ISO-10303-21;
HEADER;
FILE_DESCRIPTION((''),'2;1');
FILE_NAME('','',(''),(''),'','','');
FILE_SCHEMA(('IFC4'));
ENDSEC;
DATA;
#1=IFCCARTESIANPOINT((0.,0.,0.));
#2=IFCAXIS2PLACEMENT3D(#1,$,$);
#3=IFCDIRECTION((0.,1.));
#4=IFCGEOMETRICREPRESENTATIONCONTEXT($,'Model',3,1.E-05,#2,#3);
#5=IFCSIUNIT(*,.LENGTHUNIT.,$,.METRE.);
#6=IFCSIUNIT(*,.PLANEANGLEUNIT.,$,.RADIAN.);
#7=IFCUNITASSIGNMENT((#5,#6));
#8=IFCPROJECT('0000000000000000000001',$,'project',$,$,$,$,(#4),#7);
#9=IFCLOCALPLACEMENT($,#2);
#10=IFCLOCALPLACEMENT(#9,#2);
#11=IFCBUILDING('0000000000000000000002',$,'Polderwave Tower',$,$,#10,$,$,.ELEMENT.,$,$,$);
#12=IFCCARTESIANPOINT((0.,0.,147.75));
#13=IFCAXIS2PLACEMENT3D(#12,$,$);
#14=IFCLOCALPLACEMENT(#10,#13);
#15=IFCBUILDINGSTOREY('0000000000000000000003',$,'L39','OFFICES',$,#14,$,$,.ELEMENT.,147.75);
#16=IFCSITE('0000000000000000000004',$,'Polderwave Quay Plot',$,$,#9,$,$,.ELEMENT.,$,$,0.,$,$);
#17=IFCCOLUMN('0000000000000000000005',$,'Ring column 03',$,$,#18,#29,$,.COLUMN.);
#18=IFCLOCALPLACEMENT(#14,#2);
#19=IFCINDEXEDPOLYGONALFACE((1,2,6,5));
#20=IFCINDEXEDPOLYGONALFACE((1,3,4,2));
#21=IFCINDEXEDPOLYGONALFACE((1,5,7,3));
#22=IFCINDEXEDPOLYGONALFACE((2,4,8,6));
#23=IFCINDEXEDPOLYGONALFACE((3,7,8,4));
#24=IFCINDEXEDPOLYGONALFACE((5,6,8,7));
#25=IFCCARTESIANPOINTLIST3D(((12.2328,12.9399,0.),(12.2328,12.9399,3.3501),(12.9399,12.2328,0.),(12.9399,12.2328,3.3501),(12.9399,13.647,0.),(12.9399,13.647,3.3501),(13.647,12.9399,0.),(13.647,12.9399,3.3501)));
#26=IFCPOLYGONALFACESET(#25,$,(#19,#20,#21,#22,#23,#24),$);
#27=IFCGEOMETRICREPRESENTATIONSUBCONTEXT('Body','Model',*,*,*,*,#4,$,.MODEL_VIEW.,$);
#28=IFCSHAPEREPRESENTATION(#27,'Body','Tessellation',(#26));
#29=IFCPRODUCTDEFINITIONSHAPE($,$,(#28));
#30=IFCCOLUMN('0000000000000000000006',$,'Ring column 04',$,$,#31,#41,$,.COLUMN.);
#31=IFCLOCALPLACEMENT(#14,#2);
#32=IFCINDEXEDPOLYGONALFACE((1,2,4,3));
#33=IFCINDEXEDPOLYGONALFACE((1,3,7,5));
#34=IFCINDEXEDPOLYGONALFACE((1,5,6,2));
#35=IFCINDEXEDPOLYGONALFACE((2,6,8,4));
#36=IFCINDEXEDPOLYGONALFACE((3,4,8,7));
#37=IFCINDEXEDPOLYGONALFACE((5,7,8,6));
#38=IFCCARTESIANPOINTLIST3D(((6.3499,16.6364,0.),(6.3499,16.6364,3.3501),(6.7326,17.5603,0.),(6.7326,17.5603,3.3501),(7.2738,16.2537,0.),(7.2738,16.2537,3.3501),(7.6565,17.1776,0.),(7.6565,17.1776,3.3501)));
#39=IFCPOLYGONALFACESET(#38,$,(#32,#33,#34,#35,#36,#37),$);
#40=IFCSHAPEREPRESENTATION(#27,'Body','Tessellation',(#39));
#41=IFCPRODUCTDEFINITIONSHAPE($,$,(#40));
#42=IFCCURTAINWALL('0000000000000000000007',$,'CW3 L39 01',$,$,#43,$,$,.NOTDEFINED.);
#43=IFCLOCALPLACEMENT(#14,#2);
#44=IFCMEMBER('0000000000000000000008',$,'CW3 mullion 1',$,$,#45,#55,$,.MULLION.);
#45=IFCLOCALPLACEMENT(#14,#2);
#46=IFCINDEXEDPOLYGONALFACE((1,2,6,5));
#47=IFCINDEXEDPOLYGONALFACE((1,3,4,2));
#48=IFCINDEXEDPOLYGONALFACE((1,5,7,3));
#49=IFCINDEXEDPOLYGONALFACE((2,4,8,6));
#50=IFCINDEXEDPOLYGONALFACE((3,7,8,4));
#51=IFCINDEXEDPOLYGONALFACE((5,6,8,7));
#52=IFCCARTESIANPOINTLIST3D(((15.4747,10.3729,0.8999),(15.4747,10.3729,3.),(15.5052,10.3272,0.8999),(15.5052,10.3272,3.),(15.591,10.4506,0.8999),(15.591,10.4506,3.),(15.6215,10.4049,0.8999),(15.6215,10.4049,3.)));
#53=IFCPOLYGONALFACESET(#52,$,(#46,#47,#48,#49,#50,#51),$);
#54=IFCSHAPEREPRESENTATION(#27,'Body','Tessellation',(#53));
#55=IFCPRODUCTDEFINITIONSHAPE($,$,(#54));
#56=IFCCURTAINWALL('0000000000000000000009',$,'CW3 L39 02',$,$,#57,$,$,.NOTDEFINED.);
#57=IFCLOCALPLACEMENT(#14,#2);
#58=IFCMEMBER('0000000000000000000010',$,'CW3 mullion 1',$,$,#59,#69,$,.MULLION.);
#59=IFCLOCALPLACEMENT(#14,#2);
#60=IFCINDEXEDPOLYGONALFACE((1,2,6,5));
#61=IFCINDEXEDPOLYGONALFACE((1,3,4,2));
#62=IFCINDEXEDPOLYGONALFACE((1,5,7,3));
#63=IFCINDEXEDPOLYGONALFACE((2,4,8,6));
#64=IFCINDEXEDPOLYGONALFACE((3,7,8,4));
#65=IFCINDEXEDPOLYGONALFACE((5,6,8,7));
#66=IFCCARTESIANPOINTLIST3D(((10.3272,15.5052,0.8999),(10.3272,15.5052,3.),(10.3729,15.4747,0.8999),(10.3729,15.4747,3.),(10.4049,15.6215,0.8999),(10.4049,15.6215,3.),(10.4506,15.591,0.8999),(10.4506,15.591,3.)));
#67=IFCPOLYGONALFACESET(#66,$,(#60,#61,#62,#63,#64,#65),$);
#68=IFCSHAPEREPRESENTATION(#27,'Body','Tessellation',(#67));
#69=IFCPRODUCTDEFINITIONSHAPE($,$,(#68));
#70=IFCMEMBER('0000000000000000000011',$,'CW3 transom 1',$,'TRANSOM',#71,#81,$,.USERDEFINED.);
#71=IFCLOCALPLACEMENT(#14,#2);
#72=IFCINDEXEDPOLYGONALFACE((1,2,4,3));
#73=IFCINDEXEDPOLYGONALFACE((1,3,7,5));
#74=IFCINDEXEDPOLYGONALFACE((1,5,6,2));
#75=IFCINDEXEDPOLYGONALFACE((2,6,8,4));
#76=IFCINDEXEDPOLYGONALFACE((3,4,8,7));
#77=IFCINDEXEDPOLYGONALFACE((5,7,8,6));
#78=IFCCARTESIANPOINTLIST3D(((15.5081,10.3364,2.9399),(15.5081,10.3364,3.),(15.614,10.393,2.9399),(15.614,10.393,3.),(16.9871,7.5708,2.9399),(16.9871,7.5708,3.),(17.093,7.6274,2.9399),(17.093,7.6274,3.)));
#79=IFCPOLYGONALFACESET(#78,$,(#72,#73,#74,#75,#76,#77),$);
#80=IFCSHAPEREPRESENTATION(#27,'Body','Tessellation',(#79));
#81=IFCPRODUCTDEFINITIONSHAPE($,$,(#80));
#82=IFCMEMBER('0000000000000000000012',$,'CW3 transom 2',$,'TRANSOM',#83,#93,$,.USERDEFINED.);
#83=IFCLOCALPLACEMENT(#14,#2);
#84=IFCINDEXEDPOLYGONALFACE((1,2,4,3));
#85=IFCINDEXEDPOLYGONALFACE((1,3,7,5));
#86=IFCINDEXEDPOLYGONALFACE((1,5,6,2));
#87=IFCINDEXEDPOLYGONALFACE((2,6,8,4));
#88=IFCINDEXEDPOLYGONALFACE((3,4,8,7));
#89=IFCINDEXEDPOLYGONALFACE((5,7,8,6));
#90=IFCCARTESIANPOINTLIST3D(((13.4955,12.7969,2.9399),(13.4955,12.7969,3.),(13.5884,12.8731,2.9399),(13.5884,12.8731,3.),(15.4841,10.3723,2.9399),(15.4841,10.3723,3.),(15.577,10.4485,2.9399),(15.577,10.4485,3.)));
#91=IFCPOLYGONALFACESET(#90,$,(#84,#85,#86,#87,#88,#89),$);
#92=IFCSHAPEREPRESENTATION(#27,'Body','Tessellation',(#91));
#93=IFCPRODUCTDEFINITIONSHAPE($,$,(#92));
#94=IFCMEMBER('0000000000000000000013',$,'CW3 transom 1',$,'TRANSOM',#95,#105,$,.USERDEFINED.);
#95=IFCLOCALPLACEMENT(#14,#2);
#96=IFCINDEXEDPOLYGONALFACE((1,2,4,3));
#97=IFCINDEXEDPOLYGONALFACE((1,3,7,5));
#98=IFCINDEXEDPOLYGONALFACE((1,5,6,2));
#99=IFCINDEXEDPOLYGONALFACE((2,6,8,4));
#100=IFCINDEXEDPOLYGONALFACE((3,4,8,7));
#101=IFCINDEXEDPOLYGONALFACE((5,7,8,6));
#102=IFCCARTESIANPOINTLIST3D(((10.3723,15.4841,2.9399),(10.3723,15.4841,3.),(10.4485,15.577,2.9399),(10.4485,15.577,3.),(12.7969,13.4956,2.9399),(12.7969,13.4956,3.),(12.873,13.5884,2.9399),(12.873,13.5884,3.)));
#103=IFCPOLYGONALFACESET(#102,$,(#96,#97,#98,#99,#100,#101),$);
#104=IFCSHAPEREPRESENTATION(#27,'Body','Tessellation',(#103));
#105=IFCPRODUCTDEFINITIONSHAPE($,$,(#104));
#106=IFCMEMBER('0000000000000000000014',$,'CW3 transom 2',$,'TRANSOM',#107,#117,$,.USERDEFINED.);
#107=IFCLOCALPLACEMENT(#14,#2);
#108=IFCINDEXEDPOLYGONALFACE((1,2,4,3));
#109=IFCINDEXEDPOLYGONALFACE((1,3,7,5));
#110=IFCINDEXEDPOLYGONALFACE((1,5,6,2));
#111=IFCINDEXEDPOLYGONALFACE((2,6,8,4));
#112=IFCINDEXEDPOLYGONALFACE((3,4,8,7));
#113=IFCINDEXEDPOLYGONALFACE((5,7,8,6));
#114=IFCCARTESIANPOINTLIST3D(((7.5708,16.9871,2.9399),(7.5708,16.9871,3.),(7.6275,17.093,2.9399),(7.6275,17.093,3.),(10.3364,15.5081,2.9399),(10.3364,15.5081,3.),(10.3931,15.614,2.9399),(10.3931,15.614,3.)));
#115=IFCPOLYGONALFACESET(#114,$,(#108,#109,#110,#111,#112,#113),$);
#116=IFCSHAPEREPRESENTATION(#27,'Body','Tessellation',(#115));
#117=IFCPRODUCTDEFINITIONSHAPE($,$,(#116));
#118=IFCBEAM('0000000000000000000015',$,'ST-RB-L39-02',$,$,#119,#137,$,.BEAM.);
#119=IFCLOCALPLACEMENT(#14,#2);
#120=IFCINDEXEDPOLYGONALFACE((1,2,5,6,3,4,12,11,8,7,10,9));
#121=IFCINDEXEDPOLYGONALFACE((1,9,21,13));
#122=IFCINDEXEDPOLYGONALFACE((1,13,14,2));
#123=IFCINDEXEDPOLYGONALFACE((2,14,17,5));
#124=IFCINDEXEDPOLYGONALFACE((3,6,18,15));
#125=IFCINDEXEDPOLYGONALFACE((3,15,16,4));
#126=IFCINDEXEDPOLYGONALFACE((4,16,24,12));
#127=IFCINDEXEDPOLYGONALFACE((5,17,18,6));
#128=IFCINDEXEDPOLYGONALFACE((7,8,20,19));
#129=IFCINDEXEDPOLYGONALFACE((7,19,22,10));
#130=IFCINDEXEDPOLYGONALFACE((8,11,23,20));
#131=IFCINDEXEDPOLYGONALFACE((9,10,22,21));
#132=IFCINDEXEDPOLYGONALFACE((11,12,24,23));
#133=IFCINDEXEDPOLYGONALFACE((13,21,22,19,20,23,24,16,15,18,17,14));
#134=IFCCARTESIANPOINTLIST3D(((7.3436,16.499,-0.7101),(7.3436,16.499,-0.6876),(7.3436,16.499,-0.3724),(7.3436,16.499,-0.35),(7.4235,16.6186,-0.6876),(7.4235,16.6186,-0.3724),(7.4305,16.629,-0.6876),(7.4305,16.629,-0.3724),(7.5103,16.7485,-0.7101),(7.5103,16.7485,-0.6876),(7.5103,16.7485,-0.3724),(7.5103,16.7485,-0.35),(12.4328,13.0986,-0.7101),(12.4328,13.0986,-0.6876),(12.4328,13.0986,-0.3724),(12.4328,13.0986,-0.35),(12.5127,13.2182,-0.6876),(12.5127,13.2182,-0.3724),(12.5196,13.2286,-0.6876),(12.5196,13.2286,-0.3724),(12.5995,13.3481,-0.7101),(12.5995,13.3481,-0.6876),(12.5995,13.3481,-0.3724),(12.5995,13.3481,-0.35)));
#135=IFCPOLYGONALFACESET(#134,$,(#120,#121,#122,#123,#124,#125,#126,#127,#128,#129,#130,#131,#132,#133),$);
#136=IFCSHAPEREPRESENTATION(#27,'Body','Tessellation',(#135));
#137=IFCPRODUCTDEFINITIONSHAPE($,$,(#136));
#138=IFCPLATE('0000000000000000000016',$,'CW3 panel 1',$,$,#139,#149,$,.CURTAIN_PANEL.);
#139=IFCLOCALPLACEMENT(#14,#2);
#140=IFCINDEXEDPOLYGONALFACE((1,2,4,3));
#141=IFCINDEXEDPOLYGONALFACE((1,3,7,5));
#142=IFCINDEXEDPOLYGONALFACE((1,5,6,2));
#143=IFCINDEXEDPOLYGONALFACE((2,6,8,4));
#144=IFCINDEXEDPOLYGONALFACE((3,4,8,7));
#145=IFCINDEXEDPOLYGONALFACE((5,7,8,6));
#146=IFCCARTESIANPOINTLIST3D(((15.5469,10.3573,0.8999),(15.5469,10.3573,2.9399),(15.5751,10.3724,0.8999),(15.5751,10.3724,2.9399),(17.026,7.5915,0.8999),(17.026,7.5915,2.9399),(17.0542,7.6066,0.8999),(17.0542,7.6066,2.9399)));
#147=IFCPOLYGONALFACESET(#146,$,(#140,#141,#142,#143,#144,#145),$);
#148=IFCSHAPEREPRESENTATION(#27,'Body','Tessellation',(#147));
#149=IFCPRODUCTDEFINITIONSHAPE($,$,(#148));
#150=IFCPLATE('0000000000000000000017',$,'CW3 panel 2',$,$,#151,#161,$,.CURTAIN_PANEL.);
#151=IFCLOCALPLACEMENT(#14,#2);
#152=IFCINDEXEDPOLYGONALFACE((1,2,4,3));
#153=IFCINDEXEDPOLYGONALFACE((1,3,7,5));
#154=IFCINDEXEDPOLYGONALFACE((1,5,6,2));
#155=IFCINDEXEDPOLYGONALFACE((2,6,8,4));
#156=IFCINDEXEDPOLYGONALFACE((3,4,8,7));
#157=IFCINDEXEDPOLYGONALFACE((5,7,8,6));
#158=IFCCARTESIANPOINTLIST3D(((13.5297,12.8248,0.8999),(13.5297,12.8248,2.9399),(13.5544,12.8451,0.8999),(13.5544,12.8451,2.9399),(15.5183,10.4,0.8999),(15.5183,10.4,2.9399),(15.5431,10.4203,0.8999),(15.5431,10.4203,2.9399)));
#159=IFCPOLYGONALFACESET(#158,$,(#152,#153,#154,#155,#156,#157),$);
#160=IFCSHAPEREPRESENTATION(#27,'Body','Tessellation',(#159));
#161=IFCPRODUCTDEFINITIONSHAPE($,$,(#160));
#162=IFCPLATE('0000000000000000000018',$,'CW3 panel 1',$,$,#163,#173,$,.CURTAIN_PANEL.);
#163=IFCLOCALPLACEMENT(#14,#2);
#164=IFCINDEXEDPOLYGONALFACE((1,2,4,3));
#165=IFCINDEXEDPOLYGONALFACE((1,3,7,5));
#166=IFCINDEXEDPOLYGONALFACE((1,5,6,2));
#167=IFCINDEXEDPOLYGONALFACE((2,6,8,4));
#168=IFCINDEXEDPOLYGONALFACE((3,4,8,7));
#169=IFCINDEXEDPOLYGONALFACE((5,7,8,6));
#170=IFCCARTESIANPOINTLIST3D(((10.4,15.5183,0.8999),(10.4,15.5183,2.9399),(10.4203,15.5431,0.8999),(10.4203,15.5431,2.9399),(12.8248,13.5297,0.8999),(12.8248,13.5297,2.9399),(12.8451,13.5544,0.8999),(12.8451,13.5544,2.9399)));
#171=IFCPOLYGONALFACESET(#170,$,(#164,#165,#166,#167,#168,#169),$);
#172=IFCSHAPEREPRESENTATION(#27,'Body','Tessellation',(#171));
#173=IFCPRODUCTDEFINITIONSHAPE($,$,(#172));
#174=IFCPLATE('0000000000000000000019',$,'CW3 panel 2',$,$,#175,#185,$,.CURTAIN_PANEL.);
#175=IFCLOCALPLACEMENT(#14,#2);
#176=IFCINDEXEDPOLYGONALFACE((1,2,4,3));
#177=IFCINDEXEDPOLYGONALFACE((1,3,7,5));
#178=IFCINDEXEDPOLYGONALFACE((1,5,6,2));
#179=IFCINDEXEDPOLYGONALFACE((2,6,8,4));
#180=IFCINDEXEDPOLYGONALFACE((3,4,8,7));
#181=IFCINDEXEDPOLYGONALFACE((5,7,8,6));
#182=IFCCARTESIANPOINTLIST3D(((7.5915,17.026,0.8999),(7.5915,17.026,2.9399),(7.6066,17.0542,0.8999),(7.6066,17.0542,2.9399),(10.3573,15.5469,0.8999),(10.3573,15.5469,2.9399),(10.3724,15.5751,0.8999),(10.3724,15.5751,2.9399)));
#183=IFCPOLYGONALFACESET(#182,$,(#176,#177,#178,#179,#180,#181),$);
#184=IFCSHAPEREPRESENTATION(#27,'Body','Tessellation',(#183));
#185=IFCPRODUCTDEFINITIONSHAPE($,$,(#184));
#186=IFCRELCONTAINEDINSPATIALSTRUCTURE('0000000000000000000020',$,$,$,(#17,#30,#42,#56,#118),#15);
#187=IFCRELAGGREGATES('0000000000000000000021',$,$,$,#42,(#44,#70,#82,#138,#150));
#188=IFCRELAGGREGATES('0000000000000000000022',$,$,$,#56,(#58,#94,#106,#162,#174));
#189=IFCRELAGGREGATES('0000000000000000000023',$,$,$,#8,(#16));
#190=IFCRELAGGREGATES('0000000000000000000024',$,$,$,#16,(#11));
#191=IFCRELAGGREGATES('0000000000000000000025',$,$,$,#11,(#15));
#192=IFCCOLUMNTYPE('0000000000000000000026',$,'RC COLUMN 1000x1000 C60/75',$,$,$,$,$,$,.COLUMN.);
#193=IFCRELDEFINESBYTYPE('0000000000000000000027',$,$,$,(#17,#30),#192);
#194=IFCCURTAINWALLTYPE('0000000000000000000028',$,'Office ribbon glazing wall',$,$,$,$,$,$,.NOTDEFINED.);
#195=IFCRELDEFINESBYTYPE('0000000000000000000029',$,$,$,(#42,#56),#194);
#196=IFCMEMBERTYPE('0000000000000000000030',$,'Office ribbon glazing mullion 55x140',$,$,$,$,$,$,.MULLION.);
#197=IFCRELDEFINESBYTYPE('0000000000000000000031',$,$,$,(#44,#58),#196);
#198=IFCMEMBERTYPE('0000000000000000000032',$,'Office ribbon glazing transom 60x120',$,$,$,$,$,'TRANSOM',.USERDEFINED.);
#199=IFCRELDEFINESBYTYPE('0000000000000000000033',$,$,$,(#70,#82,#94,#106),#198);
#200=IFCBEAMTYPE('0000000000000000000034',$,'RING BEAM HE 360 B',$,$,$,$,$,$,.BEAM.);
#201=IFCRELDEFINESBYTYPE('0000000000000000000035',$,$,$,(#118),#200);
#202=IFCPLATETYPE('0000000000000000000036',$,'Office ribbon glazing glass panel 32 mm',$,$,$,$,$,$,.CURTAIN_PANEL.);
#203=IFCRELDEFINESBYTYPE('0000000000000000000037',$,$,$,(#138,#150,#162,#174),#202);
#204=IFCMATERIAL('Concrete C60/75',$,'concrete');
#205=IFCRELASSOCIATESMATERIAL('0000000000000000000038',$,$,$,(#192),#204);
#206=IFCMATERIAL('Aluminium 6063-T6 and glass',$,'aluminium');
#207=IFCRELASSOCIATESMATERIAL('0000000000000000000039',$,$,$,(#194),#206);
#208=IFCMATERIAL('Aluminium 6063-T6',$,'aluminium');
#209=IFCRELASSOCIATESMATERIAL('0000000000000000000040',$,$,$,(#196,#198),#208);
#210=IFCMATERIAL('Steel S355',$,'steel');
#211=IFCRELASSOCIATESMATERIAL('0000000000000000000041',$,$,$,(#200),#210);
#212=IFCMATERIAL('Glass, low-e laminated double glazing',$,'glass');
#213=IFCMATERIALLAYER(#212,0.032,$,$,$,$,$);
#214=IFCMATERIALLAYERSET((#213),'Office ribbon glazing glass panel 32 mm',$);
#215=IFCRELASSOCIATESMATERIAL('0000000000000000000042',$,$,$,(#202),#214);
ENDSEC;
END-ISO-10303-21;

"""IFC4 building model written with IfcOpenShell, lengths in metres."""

from ifc_helpers import new_model, si_unit, direction, frame, origin, origin_2d, place, context, subcontext, project, spatial, rectangle, i_section, extrude, material, layer, layer_set, material_profile, profile_set, type_object, element, aggregate, save


model = new_model("IFC4")

# Units and contexts
model_context = context("Model", 3, precision=1e-05, world=origin(), true_north=direction((0.0, 1.0)))
body_context = subcontext(model_context, "Body", "Model", "MODEL_VIEW")
ifc_project = project(units=[si_unit("LENGTHUNIT", "METRE"), si_unit("PLANEANGLEUNIT", "RADIAN")], contexts=[model_context])

# Site, building, storey
site_placement = place(None, origin())
site = spatial("IfcSite", under=ifc_project, at=site_placement, Name="Polderwave Quay Plot", CompositionType="ELEMENT", RefElevation=0.0)
building_placement = place(site_placement, origin())
building = spatial("IfcBuilding", under=site, at=building_placement, Name="Polderwave Tower", CompositionType="ELEMENT")
storey_placement = place(building_placement, frame((0.0, 0.0, 147.75)))
storey = spatial("IfcBuildingStorey", under=building, at=storey_placement, Name="L39", Description="OFFICES", CompositionType="ELEMENT", Elevation=147.75)

# Columns
ifc_material_1 = material(Name="Concrete C60/75", Category="concrete")
ifc_material_profile_1 = material_profile(ifc_material_1, rectangle(XDim=1.0, YDim=1.0, at=origin_2d()), Name="RC 1000x1000")
ifc_profile_set_1 = profile_set([ifc_material_profile_1], Name="Concrete C60/75")
column_type = type_object("IfcColumnType", Name="RC COLUMN 1000x1000 C60/75", PredefinedType="COLUMN", material=ifc_profile_set_1)
for number, where, z_axis, x_axis, name in (
    (1, (12.9399, 12.9399, 0.0), (0.0, 0.0, 1.0), (0.707107, 0.707107, 0.0), "Ring column 03"),
    (2, (7.0032, 16.907, 0.0), (0.0, 0.0, 1.0), (0.382683, 0.92388, 0.0), "Ring column 04"),
):
    element("IfcColumn", number, at=place(storey_placement, frame(where, z_axis=z_axis, x_axis=x_axis)), inside=storey, type_object=column_type, Name=name, PredefinedType="COLUMN", context=body_context, shape_type="SweptSolid", body=[
        extrude(rectangle(XDim=1.0, YDim=1.0, at=origin_2d()), origin(), (0.0, 0.0, 1.0), 3.3501),
    ])

# Curtain walls, members
ifc_material_2 = material(Name="Aluminium 6063-T6 and glass", Category="aluminium")
curtain_wall_type = type_object("IfcCurtainWallType", Name="Office ribbon glazing wall", PredefinedType="NOTDEFINED", material=ifc_material_2)
curtain_wall_1_placement = place(storey_placement, origin())
curtain_wall_1 = element("IfcCurtainWall", 3, at=curtain_wall_1_placement, inside=storey, type_object=curtain_wall_type, Name="CW3 L39 01", PredefinedType="NOTDEFINED")
ifc_material_3 = material(Name="Aluminium 6063-T6", Category="aluminium")
ifc_material_profile_2 = material_profile(ifc_material_3, rectangle(XDim=0.1399, YDim=0.0549, at=origin_2d()), Name="AL 55x140")
ifc_profile_set_2 = profile_set([ifc_material_profile_2], Name="Aluminium 6063-T6")
member_type_1 = type_object("IfcMemberType", Name="Office ribbon glazing mullion 55x140", PredefinedType="MULLION", material=ifc_profile_set_2)
member_1_placement = place(storey_placement, frame((15.5481, 10.3889, 0.8999), z_axis=(0.0, 0.0, 1.0), x_axis=(-0.831508, -0.555512, 0.0)))
member_1 = element("IfcMember", 4, at=member_1_placement, type_object=member_type_1, Name="CW3 mullion 1", PredefinedType="MULLION", context=body_context, shape_type="SweptSolid", body=[
    extrude(rectangle(XDim=0.1399, YDim=0.0549, at=origin_2d()), origin(), (0.0, 0.0, 1.0), 2.1001),
])
curtain_wall_2_placement = place(storey_placement, origin())
curtain_wall_2 = element("IfcCurtainWall", 5, at=curtain_wall_2_placement, inside=storey, type_object=curtain_wall_type, Name="CW3 L39 02", PredefinedType="NOTDEFINED")
member_2_placement = place(storey_placement, frame((10.3889, 15.5481, 0.8999), z_axis=(0.0, 0.0, 1.0), x_axis=(-0.555512, -0.831508, 0.0)))
member_2 = element("IfcMember", 6, at=member_2_placement, type_object=member_type_1, Name="CW3 mullion 1", PredefinedType="MULLION", context=body_context, shape_type="SweptSolid", body=[
    extrude(rectangle(XDim=0.1399, YDim=0.0549, at=origin_2d()), origin(), (0.0, 0.0, 1.0), 2.1001),
])

# Members
ifc_material_profile_3 = material_profile(ifc_material_3, rectangle(XDim=0.1201, YDim=0.0601, at=origin_2d()), Name="AL 60x120")
ifc_profile_set_3 = profile_set([ifc_material_profile_3], Name="Aluminium 6063-T6")
member_type_2 = type_object("IfcMemberType", Name="Office ribbon glazing transom 60x120", ElementType="TRANSOM", PredefinedType="USERDEFINED", material=ifc_profile_set_3)
member_3_placement = place(storey_placement, frame((17.04, 7.5991, 2.97), z_axis=(-0.471582, 0.881822, 0.0), x_axis=(-0.881822, -0.471582, 0.0)))
member_3 = element("IfcMember", 7, at=member_3_placement, type_object=member_type_2, Name="CW3 transom 1", ObjectType="TRANSOM", PredefinedType="USERDEFINED", context=body_context, shape_type="SweptSolid", body=[
    extrude(rectangle(XDim=0.1201, YDim=0.0601, at=origin_2d()), origin(), (0.0, 0.0, 1.0), 3.1362),
])
member_4_placement = place(storey_placement, frame((15.5305, 10.4104, 2.97), z_axis=(-0.634153, 0.773207, 0.0), x_axis=(-0.773207, -0.634153, 0.0)))
member_4 = element("IfcMember", 8, at=member_4_placement, type_object=member_type_2, Name="CW3 transom 2", ObjectType="TRANSOM", PredefinedType="USERDEFINED", context=body_context, shape_type="SweptSolid", body=[
    extrude(rectangle(XDim=0.1201, YDim=0.0601, at=origin_2d()), origin(), (0.0, 0.0, 1.0), 3.1357),
])
member_5_placement = place(storey_placement, frame((12.835, 13.542, 2.97), z_axis=(-0.773207, 0.634153, 0.0), x_axis=(-0.634153, -0.773207, 0.0)))
member_5 = element("IfcMember", 9, at=member_5_placement, type_object=member_type_2, Name="CW3 transom 1", ObjectType="TRANSOM", PredefinedType="USERDEFINED", context=body_context, shape_type="SweptSolid", body=[
    extrude(rectangle(XDim=0.1201, YDim=0.0601, at=origin_2d()), origin(), (0.0, 0.0, 1.0), 3.1357),
])
member_6_placement = place(storey_placement, frame((10.3647, 15.561, 2.97), z_axis=(-0.881822, 0.471582, 0.0), x_axis=(-0.471582, -0.881822, 0.0)))
member_6 = element("IfcMember", 10, at=member_6_placement, type_object=member_type_2, Name="CW3 transom 2", ObjectType="TRANSOM", PredefinedType="USERDEFINED", context=body_context, shape_type="SweptSolid", body=[
    extrude(rectangle(XDim=0.1201, YDim=0.0601, at=origin_2d()), origin(), (0.0, 0.0, 1.0), 3.1362),
])

# Beam
ifc_material_4 = material(Name="Steel S355", Category="steel")
ifc_material_profile_4 = material_profile(ifc_material_4, i_section(OverallWidth=0.3, OverallDepth=0.3601, WebThickness=0.0125, FlangeThickness=0.0225, at=origin_2d()), Name="HE 360 B")
ifc_profile_set_4 = profile_set([ifc_material_profile_4], Name="Steel S355")
beam_type = type_object("IfcBeamType", Name="RING BEAM HE 360 B", PredefinedType="BEAM", material=ifc_profile_set_4)
beam_placement = place(storey_placement, frame((12.5161, 13.2234, -0.53), z_axis=(-0.831473, 0.555565, 0.0), x_axis=(-0.555565, -0.831473, 0.0)))
element("IfcBeam", 11, at=beam_placement, inside=storey, type_object=beam_type, Name="ST-RB-L39-02", PredefinedType="BEAM", context=body_context, shape_type="SweptSolid", body=[
    extrude(i_section(OverallWidth=0.3, OverallDepth=0.3601, WebThickness=0.0125, FlangeThickness=0.0225, at=origin_2d()), origin(), (0.0, 0.0, 1.0), 6.1206),
])

# Plates
ifc_material_5 = material(Name="Glass, low-e laminated double glazing", Category="glass")
ifc_layer_1 = layer(ifc_material_5, 0.032)
ifc_layer_set_1 = layer_set([ifc_layer_1], Name="Office ribbon glazing glass panel 32 mm")
plate_type = type_object("IfcPlateType", Name="Office ribbon glazing glass panel 32 mm", PredefinedType="CURTAIN_PANEL", material=ifc_layer_set_1)
plate_1_placement = place(storey_placement, frame((16.3005, 8.9819, 0.8999), z_axis=(0.0, 0.0, 1.0), x_axis=(-0.471572, 0.881827, 0.0)))
plate_1 = element("IfcPlate", 12, at=plate_1_placement, type_object=plate_type, Name="CW3 panel 1", PredefinedType="CURTAIN_PANEL", context=body_context, shape_type="SweptSolid", body=[
    extrude(rectangle(XDim=3.1365, YDim=0.032, at=origin_2d()), origin(), (0.0, 0.0, 1.0), 2.04),
])
plate_2_placement = place(storey_placement, frame((14.5364, 11.6226, 0.8999), z_axis=(0.0, 0.0, 1.0), x_axis=(-0.634133, 0.773224, 0.0)))
plate_2 = element("IfcPlate", 13, at=plate_2_placement, type_object=plate_type, Name="CW3 panel 2", PredefinedType="CURTAIN_PANEL", context=body_context, shape_type="SweptSolid", body=[
    extrude(rectangle(XDim=3.136, YDim=0.032, at=origin_2d()), origin(), (0.0, 0.0, 1.0), 2.04),
])
aggregate(curtain_wall_1, [member_1, member_3, member_4, plate_1, plate_2])
plate_3_placement = place(storey_placement, frame((11.6226, 14.5364, 0.8999), z_axis=(0.0, 0.0, 1.0), x_axis=(-0.773224, 0.634133, 0.0)))
plate_3 = element("IfcPlate", 14, at=plate_3_placement, type_object=plate_type, Name="CW3 panel 1", PredefinedType="CURTAIN_PANEL", context=body_context, shape_type="SweptSolid", body=[
    extrude(rectangle(XDim=3.136, YDim=0.032, at=origin_2d()), origin(), (0.0, 0.0, 1.0), 2.04),
])
plate_4_placement = place(storey_placement, frame((8.9819, 16.3005, 0.8999), z_axis=(0.0, 0.0, 1.0), x_axis=(-0.881827, 0.471572, 0.0)))
plate_4 = element("IfcPlate", 15, at=plate_4_placement, type_object=plate_type, Name="CW3 panel 2", PredefinedType="CURTAIN_PANEL", context=body_context, shape_type="SweptSolid", body=[
    extrude(rectangle(XDim=3.1365, YDim=0.032, at=origin_2d()), origin(), (0.0, 0.0, 1.0), 2.04),
])
aggregate(curtain_wall_2, [member_2, member_5, member_6, plate_3, plate_4])

save(model, "model.ifc")
